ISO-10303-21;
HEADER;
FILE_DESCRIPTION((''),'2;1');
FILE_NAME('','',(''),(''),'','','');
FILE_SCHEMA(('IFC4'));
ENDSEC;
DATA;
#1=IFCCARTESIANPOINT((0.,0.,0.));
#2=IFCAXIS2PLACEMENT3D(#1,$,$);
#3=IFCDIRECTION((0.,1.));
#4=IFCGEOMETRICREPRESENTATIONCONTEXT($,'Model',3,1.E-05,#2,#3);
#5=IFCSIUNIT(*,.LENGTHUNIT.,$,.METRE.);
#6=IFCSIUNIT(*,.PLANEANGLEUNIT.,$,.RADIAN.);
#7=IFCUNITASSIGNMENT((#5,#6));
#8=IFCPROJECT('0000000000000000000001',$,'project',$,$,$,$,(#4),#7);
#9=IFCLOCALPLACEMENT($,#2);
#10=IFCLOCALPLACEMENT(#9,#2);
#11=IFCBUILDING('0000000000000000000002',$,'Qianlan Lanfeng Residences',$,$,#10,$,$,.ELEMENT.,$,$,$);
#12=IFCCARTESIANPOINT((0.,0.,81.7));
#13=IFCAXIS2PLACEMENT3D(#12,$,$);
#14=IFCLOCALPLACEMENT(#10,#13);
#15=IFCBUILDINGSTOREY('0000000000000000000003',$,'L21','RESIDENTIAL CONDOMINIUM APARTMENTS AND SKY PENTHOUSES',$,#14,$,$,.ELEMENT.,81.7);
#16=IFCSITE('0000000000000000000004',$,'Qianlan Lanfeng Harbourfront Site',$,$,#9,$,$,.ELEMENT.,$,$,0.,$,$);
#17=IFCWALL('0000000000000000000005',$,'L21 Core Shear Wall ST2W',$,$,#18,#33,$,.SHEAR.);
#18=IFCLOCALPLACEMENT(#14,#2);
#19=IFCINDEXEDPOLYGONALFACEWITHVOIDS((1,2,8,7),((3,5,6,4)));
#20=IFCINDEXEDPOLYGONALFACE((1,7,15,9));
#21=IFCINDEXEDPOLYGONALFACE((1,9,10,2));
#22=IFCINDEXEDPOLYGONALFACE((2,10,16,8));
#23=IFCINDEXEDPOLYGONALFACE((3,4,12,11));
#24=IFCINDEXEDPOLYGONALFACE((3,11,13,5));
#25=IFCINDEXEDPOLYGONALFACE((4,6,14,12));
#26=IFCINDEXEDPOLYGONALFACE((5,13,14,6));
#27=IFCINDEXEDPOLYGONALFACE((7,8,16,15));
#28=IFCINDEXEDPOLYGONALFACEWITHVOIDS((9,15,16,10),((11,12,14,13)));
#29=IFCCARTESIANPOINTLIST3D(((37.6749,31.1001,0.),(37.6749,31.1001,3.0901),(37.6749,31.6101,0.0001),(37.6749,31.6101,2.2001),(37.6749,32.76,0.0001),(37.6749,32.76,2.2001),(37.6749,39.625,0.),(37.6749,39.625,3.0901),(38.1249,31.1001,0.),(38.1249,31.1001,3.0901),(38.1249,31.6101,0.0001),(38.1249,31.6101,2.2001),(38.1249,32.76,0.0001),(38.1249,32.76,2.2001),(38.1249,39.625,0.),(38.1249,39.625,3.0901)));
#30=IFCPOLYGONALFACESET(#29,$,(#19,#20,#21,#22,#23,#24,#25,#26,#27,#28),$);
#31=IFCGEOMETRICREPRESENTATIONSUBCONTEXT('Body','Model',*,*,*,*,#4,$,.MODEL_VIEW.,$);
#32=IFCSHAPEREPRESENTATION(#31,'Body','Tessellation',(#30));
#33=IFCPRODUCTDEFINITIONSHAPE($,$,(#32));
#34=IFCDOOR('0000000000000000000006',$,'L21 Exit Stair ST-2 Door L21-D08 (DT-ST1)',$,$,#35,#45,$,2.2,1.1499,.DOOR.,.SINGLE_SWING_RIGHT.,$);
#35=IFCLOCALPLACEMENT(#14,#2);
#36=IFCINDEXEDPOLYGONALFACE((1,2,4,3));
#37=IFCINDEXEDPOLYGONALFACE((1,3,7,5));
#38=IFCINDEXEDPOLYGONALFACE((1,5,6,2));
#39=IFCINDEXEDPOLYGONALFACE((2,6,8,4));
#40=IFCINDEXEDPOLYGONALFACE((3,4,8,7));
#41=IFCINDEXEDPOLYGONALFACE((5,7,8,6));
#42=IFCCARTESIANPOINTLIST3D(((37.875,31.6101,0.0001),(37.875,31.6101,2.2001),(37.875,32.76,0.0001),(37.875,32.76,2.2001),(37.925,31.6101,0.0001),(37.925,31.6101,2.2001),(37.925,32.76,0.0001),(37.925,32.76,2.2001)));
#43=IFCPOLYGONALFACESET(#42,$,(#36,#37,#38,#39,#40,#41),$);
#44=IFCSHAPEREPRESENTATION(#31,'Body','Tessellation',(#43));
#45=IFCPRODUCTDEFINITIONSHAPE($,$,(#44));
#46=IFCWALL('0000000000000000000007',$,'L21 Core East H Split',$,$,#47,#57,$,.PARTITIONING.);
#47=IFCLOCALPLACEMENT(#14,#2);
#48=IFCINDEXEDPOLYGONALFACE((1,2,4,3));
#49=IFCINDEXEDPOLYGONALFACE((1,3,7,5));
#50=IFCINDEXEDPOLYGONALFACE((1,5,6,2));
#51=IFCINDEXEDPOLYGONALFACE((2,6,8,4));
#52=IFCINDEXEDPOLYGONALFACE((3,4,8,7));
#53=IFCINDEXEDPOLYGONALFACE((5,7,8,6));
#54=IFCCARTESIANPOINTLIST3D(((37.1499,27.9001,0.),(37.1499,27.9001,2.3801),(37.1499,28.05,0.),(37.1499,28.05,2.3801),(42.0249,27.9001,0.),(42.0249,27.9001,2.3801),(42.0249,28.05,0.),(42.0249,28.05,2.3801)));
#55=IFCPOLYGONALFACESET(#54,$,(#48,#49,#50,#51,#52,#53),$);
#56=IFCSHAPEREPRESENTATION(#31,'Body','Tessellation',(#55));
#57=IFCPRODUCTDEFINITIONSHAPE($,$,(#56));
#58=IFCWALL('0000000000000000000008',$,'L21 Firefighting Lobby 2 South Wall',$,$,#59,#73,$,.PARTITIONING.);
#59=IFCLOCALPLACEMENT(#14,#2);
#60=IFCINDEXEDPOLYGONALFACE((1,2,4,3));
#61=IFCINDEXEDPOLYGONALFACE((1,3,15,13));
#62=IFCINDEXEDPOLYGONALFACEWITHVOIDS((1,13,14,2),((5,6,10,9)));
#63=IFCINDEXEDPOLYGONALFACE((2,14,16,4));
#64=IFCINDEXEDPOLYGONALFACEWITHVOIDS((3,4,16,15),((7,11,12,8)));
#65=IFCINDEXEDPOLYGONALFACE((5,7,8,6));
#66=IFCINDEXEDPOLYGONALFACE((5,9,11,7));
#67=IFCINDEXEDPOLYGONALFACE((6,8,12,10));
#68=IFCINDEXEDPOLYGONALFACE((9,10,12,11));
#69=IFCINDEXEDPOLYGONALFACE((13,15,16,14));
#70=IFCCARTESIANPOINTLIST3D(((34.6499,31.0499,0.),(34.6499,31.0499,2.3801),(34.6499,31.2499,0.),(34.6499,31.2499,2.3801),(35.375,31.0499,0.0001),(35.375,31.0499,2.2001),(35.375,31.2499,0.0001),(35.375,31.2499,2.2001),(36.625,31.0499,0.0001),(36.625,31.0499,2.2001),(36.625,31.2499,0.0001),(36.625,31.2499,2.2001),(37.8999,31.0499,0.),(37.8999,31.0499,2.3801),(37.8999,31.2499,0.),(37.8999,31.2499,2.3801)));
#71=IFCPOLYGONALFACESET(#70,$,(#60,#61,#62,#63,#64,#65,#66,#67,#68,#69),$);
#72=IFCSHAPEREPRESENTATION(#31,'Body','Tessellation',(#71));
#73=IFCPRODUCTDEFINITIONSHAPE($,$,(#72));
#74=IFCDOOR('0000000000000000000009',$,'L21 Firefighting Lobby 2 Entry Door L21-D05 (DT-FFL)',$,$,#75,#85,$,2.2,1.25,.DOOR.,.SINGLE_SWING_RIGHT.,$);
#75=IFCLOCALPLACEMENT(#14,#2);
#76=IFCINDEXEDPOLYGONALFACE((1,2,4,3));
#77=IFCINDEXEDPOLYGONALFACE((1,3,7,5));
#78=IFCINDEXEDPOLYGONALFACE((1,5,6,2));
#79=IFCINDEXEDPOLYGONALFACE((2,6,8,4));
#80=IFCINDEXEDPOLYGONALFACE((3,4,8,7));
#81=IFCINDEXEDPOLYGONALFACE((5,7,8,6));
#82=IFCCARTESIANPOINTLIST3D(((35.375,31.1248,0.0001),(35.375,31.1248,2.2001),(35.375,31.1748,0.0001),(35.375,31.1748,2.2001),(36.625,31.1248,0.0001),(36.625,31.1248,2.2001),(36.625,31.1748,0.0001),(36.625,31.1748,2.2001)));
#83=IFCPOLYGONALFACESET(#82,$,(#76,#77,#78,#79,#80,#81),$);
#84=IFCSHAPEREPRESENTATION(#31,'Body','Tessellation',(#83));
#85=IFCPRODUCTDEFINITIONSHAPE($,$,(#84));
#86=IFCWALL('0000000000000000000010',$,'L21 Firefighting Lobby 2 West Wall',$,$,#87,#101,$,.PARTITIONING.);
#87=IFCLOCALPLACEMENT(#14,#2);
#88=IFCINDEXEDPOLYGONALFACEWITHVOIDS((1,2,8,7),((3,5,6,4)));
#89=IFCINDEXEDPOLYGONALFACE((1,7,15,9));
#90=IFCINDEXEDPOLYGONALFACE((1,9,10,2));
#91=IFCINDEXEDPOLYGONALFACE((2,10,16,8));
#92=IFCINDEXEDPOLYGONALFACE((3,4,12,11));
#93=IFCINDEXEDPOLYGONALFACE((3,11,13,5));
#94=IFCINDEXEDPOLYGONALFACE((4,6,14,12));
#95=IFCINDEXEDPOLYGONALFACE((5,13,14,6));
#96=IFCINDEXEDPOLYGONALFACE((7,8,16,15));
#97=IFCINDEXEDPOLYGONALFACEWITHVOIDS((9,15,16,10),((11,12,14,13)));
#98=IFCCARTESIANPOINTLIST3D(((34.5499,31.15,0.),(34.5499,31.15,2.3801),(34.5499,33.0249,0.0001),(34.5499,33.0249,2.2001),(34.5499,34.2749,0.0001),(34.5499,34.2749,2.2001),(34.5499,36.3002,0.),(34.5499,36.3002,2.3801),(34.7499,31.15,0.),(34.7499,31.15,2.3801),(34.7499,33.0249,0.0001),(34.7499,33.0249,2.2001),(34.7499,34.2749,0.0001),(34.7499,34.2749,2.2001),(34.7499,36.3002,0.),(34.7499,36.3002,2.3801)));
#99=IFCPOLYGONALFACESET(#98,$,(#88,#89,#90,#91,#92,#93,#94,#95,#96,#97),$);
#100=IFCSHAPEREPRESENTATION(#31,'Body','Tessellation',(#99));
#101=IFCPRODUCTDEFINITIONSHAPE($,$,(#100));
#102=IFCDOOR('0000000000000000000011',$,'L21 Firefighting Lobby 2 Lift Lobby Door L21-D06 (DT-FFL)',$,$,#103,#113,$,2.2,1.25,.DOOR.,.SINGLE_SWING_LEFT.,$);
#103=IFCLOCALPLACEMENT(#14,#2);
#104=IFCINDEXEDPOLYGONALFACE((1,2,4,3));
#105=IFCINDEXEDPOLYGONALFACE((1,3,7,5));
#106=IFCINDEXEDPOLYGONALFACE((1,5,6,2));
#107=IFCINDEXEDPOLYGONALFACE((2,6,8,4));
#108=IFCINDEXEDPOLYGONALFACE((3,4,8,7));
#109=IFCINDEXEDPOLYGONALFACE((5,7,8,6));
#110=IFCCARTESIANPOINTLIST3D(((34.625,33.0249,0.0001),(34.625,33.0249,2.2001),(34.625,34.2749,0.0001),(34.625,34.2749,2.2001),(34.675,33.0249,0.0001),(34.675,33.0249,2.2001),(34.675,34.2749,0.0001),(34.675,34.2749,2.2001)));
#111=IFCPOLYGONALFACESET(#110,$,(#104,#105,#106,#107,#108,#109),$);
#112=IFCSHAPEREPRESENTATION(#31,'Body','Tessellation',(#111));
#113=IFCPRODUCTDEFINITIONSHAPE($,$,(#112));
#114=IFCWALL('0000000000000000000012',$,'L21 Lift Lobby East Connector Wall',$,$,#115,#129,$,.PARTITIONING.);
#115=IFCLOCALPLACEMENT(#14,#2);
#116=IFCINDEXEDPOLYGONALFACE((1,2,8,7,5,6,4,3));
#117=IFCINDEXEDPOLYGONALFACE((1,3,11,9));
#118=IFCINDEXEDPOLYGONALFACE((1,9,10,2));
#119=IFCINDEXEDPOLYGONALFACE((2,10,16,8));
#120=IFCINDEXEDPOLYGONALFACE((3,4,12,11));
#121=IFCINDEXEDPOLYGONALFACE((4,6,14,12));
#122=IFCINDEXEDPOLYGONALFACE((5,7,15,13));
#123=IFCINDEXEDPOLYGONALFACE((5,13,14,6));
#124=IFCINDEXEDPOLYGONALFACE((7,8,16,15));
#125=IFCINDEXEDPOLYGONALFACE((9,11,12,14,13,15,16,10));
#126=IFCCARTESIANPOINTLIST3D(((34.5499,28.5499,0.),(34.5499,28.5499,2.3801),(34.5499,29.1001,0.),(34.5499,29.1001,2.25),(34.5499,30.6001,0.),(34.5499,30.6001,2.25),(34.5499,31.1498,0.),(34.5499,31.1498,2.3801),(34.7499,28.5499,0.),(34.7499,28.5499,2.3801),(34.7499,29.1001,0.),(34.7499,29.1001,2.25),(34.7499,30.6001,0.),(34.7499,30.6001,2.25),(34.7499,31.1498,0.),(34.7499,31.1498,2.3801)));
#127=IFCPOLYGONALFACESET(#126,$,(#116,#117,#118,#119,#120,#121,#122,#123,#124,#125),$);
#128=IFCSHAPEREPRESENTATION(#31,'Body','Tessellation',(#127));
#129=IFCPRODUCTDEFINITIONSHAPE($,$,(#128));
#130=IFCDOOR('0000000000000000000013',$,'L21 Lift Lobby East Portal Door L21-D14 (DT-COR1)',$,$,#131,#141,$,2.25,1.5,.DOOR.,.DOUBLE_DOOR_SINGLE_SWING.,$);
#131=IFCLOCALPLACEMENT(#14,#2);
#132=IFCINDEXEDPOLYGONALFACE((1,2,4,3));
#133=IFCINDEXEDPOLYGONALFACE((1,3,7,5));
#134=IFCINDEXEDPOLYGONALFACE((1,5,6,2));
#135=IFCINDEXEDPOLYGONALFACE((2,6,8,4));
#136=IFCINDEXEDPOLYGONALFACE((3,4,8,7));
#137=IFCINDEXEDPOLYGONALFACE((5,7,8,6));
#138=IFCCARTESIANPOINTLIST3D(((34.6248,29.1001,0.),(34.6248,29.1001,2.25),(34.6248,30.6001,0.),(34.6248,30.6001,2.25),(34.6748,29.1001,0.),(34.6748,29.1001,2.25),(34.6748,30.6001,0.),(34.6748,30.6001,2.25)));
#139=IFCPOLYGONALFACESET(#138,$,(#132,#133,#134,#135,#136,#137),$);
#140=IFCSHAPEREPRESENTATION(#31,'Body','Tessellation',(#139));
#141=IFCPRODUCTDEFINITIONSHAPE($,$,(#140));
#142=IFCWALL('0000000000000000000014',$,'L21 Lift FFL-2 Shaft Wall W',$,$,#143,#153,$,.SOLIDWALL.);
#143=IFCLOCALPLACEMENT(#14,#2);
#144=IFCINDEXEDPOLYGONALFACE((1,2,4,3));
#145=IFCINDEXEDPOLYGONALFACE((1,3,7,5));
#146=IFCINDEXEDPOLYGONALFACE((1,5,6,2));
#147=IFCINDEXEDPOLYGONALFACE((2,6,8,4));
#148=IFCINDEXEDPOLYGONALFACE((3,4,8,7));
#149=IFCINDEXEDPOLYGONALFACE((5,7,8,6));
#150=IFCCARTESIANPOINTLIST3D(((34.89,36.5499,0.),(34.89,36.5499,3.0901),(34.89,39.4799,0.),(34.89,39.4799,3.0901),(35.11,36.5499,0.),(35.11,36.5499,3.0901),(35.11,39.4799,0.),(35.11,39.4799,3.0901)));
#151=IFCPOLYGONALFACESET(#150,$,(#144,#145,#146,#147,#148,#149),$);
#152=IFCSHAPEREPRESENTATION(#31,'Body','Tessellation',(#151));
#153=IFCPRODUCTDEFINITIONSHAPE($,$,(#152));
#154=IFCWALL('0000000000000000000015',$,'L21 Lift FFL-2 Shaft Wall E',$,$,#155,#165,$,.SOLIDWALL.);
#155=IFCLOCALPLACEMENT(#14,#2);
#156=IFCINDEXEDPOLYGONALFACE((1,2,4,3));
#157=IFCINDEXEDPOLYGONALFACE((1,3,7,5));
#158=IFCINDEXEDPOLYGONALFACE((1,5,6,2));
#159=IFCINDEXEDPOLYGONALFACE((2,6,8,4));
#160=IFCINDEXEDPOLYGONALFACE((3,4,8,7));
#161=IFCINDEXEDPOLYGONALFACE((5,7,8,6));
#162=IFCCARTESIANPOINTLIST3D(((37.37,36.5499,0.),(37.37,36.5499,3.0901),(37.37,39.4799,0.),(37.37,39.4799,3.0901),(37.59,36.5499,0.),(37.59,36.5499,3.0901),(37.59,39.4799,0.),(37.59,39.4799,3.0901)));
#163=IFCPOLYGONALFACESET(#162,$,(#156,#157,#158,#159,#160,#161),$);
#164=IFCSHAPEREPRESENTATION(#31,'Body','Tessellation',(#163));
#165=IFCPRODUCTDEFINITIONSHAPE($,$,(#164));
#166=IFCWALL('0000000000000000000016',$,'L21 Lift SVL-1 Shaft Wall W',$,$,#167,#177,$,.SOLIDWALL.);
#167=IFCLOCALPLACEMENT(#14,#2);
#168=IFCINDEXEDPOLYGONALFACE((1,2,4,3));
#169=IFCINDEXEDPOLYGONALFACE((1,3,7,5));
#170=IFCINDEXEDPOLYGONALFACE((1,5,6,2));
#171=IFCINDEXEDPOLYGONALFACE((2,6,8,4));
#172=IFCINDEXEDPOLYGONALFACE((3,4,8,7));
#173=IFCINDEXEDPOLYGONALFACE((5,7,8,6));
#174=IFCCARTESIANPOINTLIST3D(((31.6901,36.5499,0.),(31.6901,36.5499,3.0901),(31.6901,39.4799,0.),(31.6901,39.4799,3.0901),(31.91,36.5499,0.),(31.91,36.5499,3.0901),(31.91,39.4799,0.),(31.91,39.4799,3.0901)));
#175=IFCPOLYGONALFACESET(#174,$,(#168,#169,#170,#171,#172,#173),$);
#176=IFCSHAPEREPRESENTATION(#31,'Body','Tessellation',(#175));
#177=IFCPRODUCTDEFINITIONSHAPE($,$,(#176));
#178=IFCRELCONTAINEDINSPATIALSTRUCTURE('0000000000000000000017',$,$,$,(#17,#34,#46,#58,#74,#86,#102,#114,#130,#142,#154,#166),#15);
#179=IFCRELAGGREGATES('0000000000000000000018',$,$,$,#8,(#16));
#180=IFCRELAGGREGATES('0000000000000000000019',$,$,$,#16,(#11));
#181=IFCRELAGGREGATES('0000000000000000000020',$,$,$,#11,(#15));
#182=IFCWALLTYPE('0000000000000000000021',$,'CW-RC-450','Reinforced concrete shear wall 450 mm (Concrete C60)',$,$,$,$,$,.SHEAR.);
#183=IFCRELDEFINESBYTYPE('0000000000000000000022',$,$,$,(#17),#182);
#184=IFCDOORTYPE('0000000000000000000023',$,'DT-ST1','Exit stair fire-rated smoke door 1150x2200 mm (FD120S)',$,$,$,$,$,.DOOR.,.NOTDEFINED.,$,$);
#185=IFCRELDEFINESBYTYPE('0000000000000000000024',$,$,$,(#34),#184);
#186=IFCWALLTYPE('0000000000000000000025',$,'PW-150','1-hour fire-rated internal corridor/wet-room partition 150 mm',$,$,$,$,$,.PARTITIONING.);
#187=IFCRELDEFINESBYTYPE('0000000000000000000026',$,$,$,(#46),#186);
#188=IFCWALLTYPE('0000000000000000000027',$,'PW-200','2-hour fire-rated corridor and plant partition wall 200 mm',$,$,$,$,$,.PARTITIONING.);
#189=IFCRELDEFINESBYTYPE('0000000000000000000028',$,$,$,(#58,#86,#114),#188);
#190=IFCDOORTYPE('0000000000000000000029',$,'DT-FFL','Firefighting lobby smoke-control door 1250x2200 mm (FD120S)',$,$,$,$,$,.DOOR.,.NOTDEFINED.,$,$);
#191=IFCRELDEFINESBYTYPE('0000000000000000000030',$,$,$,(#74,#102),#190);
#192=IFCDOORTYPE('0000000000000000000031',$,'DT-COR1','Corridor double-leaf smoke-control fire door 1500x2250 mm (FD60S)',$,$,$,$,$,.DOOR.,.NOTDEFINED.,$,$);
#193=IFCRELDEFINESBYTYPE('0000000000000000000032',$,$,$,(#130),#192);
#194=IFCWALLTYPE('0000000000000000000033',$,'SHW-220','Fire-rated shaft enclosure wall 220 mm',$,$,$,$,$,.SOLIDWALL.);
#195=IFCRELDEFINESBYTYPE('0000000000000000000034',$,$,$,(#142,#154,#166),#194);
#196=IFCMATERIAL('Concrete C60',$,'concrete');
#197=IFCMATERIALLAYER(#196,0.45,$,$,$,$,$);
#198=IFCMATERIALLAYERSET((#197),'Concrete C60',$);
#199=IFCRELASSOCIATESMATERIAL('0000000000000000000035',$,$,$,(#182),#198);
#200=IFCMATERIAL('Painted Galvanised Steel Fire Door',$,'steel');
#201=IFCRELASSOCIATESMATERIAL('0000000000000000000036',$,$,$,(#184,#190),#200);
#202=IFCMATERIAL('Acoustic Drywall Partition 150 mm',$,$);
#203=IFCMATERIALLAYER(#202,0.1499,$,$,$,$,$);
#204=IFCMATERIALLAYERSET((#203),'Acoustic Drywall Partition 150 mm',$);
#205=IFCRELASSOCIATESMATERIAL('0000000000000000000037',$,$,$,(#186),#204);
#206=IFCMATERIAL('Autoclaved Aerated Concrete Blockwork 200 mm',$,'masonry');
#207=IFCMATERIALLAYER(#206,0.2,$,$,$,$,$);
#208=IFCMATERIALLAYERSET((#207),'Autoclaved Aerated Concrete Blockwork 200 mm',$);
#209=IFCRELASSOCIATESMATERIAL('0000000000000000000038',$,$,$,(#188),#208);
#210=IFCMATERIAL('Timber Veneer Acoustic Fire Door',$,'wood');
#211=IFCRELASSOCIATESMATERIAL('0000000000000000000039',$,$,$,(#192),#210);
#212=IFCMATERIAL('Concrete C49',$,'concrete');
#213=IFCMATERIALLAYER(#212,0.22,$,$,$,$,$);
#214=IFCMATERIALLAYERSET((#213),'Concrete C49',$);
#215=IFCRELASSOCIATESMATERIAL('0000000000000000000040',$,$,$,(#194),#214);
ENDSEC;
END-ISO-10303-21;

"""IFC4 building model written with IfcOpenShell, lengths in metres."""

from ifc_helpers import new_model, si_unit, direction, frame, frame_2d, origin, place, context, subcontext, project, spatial, rectangle, extrude, material, layer, layer_set, type_object, element, fill, save


model = new_model("IFC4")

# Units and contexts
model_context = context("Model", 3, precision=1e-05, world=origin(), true_north=direction((0.0, 1.0)))
body_context = subcontext(model_context, "Body", "Model", "MODEL_VIEW")
ifc_project = project(units=[si_unit("LENGTHUNIT", "METRE"), si_unit("PLANEANGLEUNIT", "RADIAN")], contexts=[model_context])

# Site, building, storey
site_placement = place(None, origin())
site = spatial("IfcSite", under=ifc_project, at=site_placement, Name="Qianlan Lanfeng Harbourfront Site", CompositionType="ELEMENT", RefElevation=0.0)
building_placement = place(site_placement, origin())
building = spatial("IfcBuilding", under=site, at=building_placement, Name="Qianlan Lanfeng Residences", CompositionType="ELEMENT")
storey_placement = place(building_placement, frame((0.0, 0.0, 81.7)))
storey = spatial("IfcBuildingStorey", under=building, at=storey_placement, Name="L21", Description="RESIDENTIAL CONDOMINIUM APARTMENTS AND SKY PENTHOUSES", CompositionType="ELEMENT", Elevation=81.7)

# Wall, opening, door
ifc_material_1 = material(Name="Concrete C60", Category="concrete")
ifc_layer_1 = layer(ifc_material_1, 0.45)
ifc_layer_set_1 = layer_set([ifc_layer_1], Name="Concrete C60")
wall_type_1 = type_object("IfcWallType", Name="CW-RC-450", Description="Reinforced concrete shear wall 450 mm (Concrete C60)", PredefinedType="SHEAR", material=ifc_layer_set_1)
wall_1_placement = place(storey_placement, frame((37.8999, 31.1001, 0.0), z_axis=(0.0, 0.0, 1.0), x_axis=(0.0, 1.0, 0.0)))
wall_1 = element("IfcWall", 1, at=wall_1_placement, inside=storey, type_object=wall_type_1, Name="L21 Core Shear Wall ST2W", PredefinedType="SHEAR", context=body_context, shape_type="SweptSolid", body=[
    extrude(rectangle(XDim=8.5249, YDim=0.45, at=frame_2d((4.2625, 0.0))), origin(), (0.0, 0.0, 1.0), 3.0901),
])
opening_1_placement = place(wall_1_placement, frame((0.51, 0.0, 0.0)))
opening_1 = element("IfcOpeningElement", 2, at=opening_1_placement, cuts=wall_1, PredefinedType="OPENING", context=body_context, shape_type="SweptSolid", body=[
    extrude(rectangle(XDim=1.1499, YDim=2.2, at=frame_2d((0.575, 1.1001))), frame((0.0, 0.2349, 0.0), z_axis=(0.0, -1.0, 0.0), x_axis=(1.0, 0.0, 0.0)), (0.0, 0.0, 1.0), 0.47),
])
ifc_material_2 = material(Name="Painted Galvanised Steel Fire Door", Category="steel")
door_type_1 = type_object("IfcDoorType", Name="DT-ST1", Description="Exit stair fire-rated smoke door 1150x2200 mm (FD120S)", OperationType="NOTDEFINED", PredefinedType="DOOR", material=ifc_material_2)
door_1_placement = place(opening_1_placement, origin())
door_1 = element("IfcDoor", 3, at=door_1_placement, inside=storey, type_object=door_type_1, Name="L21 Exit Stair ST-2 Door L21-D08 (DT-ST1)", OperationType="SINGLE_SWING_RIGHT", OverallHeight=2.2, OverallWidth=1.1499, PredefinedType="DOOR", context=body_context, shape_type="SweptSolid", body=[
    extrude(rectangle(XDim=1.1499, YDim=2.2, at=frame_2d((0.575, 1.1001))), frame((0.0, 0.0249, 0.0), z_axis=(0.0, -1.0, 0.0), x_axis=(1.0, 0.0, 0.0)), (0.0, 0.0, 1.0), 0.05),
])
fill(opening_1, door_1)

# Wall
ifc_material_3 = material(Name="Acoustic Drywall Partition 150 mm")
ifc_layer_2 = layer(ifc_material_3, 0.1499)
ifc_layer_set_2 = layer_set([ifc_layer_2], Name="Acoustic Drywall Partition 150 mm")
wall_type_2 = type_object("IfcWallType", Name="PW-150", Description="1-hour fire-rated internal corridor/wet-room partition 150 mm", PredefinedType="PARTITIONING", material=ifc_layer_set_2)
wall_2_placement = place(storey_placement, frame((37.1499, 27.9751, 0.0), z_axis=(0.0, 0.0, 1.0), x_axis=(1.0, 0.0, 0.0)))
element("IfcWall", 4, at=wall_2_placement, inside=storey, type_object=wall_type_2, Name="L21 Core East H Split", PredefinedType="PARTITIONING", context=body_context, shape_type="SweptSolid", body=[
    extrude(rectangle(XDim=4.875, YDim=0.1499, at=frame_2d((2.4375, 0.0))), origin(), (0.0, 0.0, 1.0), 2.3801),
])

# Walls, openings, doors
ifc_material_4 = material(Name="Autoclaved Aerated Concrete Blockwork 200 mm", Category="masonry")
ifc_layer_3 = layer(ifc_material_4, 0.2)
ifc_layer_set_3 = layer_set([ifc_layer_3], Name="Autoclaved Aerated Concrete Blockwork 200 mm")
wall_type_3 = type_object("IfcWallType", Name="PW-200", Description="2-hour fire-rated corridor and plant partition wall 200 mm", PredefinedType="PARTITIONING", material=ifc_layer_set_3)
wall_3_placement = place(storey_placement, frame((34.6499, 31.1499, 0.0), z_axis=(0.0, 0.0, 1.0), x_axis=(1.0, 0.0, 0.0)))
wall_3 = element("IfcWall", 5, at=wall_3_placement, inside=storey, type_object=wall_type_3, Name="L21 Firefighting Lobby 2 South Wall", PredefinedType="PARTITIONING", context=body_context, shape_type="SweptSolid", body=[
    extrude(rectangle(XDim=3.25, YDim=0.2, at=frame_2d((1.625, 0.0))), origin(), (0.0, 0.0, 1.0), 2.3801),
])
opening_2_placement = place(wall_3_placement, frame((0.7251, 0.0, 0.0)))
opening_2 = element("IfcOpeningElement", 6, at=opening_2_placement, cuts=wall_3, PredefinedType="OPENING", context=body_context, shape_type="SweptSolid", body=[
    extrude(rectangle(XDim=1.25, YDim=2.2, at=frame_2d((0.625, 1.1001))), frame((0.0, 0.1099, 0.0), z_axis=(0.0, -1.0, 0.0), x_axis=(1.0, 0.0, 0.0)), (0.0, 0.0, 1.0), 0.22),
])
door_type_2 = type_object("IfcDoorType", Name="DT-FFL", Description="Firefighting lobby smoke-control door 1250x2200 mm (FD120S)", OperationType="NOTDEFINED", PredefinedType="DOOR", material=ifc_material_2)
door_2_placement = place(opening_2_placement, origin())
door_2 = element("IfcDoor", 7, at=door_2_placement, inside=storey, type_object=door_type_2, Name="L21 Firefighting Lobby 2 Entry Door L21-D05 (DT-FFL)", OperationType="SINGLE_SWING_RIGHT", OverallHeight=2.2, OverallWidth=1.25, PredefinedType="DOOR", context=body_context, shape_type="SweptSolid", body=[
    extrude(rectangle(XDim=1.25, YDim=2.2, at=frame_2d((0.625, 1.1001))), frame((0.0, 0.0249, 0.0), z_axis=(0.0, -1.0, 0.0), x_axis=(1.0, 0.0, 0.0)), (0.0, 0.0, 1.0), 0.05),
])
fill(opening_2, door_2)
wall_4_placement = place(storey_placement, frame((34.6499, 31.1499, 0.0), z_axis=(0.0, 0.0, 1.0), x_axis=(0.0, 1.0, 0.0)))
wall_4 = element("IfcWall", 8, at=wall_4_placement, inside=storey, type_object=wall_type_3, Name="L21 Firefighting Lobby 2 West Wall", PredefinedType="PARTITIONING", context=body_context, shape_type="SweptSolid", body=[
    extrude(rectangle(XDim=5.1501, YDim=0.2, at=frame_2d((2.5752, 0.0))), origin(), (0.0, 0.0, 1.0), 2.3801),
])
opening_3_placement = place(wall_4_placement, frame((1.875, 0.0, 0.0)))
opening_3 = element("IfcOpeningElement", 9, at=opening_3_placement, cuts=wall_4, PredefinedType="OPENING", context=body_context, shape_type="SweptSolid", body=[
    extrude(rectangle(XDim=1.25, YDim=2.2, at=frame_2d((0.625, 1.1001))), frame((0.0, 0.1099, 0.0), z_axis=(0.0, -1.0, 0.0), x_axis=(1.0, 0.0, 0.0)), (0.0, 0.0, 1.0), 0.22),
])
door_3_placement = place(opening_3_placement, origin())
door_3 = element("IfcDoor", 10, at=door_3_placement, inside=storey, type_object=door_type_2, Name="L21 Firefighting Lobby 2 Lift Lobby Door L21-D06 (DT-FFL)", OperationType="SINGLE_SWING_LEFT", OverallHeight=2.2, OverallWidth=1.25, PredefinedType="DOOR", context=body_context, shape_type="SweptSolid", body=[
    extrude(rectangle(XDim=1.25, YDim=2.2, at=frame_2d((0.625, 1.1001))), frame((0.0, 0.0249, 0.0), z_axis=(0.0, -1.0, 0.0), x_axis=(1.0, 0.0, 0.0)), (0.0, 0.0, 1.0), 0.05),
])
fill(opening_3, door_3)
wall_5_placement = place(storey_placement, frame((34.6499, 28.55, 0.0), z_axis=(0.0, 0.0, 1.0), x_axis=(0.0, 1.0, 0.0)))
wall_5 = element("IfcWall", 11, at=wall_5_placement, inside=storey, type_object=wall_type_3, Name="L21 Lift Lobby East Connector Wall", PredefinedType="PARTITIONING", context=body_context, shape_type="SweptSolid", body=[
    extrude(rectangle(XDim=2.5999, YDim=0.2, at=frame_2d((1.2998, 0.0))), origin(), (0.0, 0.0, 1.0), 2.3801),
])
opening_4_placement = place(wall_5_placement, frame((0.55, 0.0, 0.0)))
opening_4 = element("IfcOpeningElement", 12, at=opening_4_placement, cuts=wall_5, PredefinedType="OPENING", context=body_context, shape_type="SweptSolid", body=[
    extrude(rectangle(XDim=1.5, YDim=2.25, at=frame_2d((0.75, 1.125))), frame((0.0, 0.1099, 0.0), z_axis=(0.0, -1.0, 0.0), x_axis=(1.0, 0.0, 0.0)), (0.0, 0.0, 1.0), 0.22),
])
ifc_material_5 = material(Name="Timber Veneer Acoustic Fire Door", Category="wood")
door_type_3 = type_object("IfcDoorType", Name="DT-COR1", Description="Corridor double-leaf smoke-control fire door 1500x2250 mm (FD60S)", OperationType="NOTDEFINED", PredefinedType="DOOR", material=ifc_material_5)
door_4_placement = place(opening_4_placement, frame((1.5, 0.0, 0.0), z_axis=(0.0, 0.0, 1.0), x_axis=(-1.0, 0.0, 0.0)))
door_4 = element("IfcDoor", 13, at=door_4_placement, inside=storey, type_object=door_type_3, Name="L21 Lift Lobby East Portal Door L21-D14 (DT-COR1)", OperationType="DOUBLE_DOOR_SINGLE_SWING", OverallHeight=2.25, OverallWidth=1.5, PredefinedType="DOOR", context=body_context, shape_type="SweptSolid", body=[
    extrude(rectangle(XDim=1.5, YDim=2.25, at=frame_2d((0.75, 1.125))), frame((0.0, 0.0249, 0.0), z_axis=(0.0, -1.0, 0.0), x_axis=(1.0, 0.0, 0.0)), (0.0, 0.0, 1.0), 0.05),
])
fill(opening_4, door_4)

# Walls
ifc_material_6 = material(Name="Concrete C49", Category="concrete")
ifc_layer_4 = layer(ifc_material_6, 0.22)
ifc_layer_set_4 = layer_set([ifc_layer_4], Name="Concrete C49")
wall_type_4 = type_object("IfcWallType", Name="SHW-220", Description="Fire-rated shaft enclosure wall 220 mm", PredefinedType="SOLIDWALL", material=ifc_layer_set_4)
for number, where, z_axis, x_axis, name in (
    (14, (35.0, 36.55, 0.0), (0.0, 0.0, 1.0), (0.0, 1.0, 0.0), "L21 Lift FFL-2 Shaft Wall W"),
    (15, (37.48, 36.55, 0.0), (0.0, 0.0, 1.0), (0.0, 1.0, 0.0), "L21 Lift FFL-2 Shaft Wall E"),
    (16, (31.8, 36.55, 0.0), (0.0, 0.0, 1.0), (0.0, 1.0, 0.0), "L21 Lift SVL-1 Shaft Wall W"),
):
    element("IfcWall", number, at=place(storey_placement, frame(where, z_axis=z_axis, x_axis=x_axis)), inside=storey, type_object=wall_type_4, Name=name, PredefinedType="SOLIDWALL", context=body_context, shape_type="SweptSolid", body=[
        extrude(rectangle(XDim=2.9299, YDim=0.22, at=frame_2d((1.4648, 0.0))), origin(), (0.0, 0.0, 1.0), 3.0901),
    ])

save(model, "model.ifc")
